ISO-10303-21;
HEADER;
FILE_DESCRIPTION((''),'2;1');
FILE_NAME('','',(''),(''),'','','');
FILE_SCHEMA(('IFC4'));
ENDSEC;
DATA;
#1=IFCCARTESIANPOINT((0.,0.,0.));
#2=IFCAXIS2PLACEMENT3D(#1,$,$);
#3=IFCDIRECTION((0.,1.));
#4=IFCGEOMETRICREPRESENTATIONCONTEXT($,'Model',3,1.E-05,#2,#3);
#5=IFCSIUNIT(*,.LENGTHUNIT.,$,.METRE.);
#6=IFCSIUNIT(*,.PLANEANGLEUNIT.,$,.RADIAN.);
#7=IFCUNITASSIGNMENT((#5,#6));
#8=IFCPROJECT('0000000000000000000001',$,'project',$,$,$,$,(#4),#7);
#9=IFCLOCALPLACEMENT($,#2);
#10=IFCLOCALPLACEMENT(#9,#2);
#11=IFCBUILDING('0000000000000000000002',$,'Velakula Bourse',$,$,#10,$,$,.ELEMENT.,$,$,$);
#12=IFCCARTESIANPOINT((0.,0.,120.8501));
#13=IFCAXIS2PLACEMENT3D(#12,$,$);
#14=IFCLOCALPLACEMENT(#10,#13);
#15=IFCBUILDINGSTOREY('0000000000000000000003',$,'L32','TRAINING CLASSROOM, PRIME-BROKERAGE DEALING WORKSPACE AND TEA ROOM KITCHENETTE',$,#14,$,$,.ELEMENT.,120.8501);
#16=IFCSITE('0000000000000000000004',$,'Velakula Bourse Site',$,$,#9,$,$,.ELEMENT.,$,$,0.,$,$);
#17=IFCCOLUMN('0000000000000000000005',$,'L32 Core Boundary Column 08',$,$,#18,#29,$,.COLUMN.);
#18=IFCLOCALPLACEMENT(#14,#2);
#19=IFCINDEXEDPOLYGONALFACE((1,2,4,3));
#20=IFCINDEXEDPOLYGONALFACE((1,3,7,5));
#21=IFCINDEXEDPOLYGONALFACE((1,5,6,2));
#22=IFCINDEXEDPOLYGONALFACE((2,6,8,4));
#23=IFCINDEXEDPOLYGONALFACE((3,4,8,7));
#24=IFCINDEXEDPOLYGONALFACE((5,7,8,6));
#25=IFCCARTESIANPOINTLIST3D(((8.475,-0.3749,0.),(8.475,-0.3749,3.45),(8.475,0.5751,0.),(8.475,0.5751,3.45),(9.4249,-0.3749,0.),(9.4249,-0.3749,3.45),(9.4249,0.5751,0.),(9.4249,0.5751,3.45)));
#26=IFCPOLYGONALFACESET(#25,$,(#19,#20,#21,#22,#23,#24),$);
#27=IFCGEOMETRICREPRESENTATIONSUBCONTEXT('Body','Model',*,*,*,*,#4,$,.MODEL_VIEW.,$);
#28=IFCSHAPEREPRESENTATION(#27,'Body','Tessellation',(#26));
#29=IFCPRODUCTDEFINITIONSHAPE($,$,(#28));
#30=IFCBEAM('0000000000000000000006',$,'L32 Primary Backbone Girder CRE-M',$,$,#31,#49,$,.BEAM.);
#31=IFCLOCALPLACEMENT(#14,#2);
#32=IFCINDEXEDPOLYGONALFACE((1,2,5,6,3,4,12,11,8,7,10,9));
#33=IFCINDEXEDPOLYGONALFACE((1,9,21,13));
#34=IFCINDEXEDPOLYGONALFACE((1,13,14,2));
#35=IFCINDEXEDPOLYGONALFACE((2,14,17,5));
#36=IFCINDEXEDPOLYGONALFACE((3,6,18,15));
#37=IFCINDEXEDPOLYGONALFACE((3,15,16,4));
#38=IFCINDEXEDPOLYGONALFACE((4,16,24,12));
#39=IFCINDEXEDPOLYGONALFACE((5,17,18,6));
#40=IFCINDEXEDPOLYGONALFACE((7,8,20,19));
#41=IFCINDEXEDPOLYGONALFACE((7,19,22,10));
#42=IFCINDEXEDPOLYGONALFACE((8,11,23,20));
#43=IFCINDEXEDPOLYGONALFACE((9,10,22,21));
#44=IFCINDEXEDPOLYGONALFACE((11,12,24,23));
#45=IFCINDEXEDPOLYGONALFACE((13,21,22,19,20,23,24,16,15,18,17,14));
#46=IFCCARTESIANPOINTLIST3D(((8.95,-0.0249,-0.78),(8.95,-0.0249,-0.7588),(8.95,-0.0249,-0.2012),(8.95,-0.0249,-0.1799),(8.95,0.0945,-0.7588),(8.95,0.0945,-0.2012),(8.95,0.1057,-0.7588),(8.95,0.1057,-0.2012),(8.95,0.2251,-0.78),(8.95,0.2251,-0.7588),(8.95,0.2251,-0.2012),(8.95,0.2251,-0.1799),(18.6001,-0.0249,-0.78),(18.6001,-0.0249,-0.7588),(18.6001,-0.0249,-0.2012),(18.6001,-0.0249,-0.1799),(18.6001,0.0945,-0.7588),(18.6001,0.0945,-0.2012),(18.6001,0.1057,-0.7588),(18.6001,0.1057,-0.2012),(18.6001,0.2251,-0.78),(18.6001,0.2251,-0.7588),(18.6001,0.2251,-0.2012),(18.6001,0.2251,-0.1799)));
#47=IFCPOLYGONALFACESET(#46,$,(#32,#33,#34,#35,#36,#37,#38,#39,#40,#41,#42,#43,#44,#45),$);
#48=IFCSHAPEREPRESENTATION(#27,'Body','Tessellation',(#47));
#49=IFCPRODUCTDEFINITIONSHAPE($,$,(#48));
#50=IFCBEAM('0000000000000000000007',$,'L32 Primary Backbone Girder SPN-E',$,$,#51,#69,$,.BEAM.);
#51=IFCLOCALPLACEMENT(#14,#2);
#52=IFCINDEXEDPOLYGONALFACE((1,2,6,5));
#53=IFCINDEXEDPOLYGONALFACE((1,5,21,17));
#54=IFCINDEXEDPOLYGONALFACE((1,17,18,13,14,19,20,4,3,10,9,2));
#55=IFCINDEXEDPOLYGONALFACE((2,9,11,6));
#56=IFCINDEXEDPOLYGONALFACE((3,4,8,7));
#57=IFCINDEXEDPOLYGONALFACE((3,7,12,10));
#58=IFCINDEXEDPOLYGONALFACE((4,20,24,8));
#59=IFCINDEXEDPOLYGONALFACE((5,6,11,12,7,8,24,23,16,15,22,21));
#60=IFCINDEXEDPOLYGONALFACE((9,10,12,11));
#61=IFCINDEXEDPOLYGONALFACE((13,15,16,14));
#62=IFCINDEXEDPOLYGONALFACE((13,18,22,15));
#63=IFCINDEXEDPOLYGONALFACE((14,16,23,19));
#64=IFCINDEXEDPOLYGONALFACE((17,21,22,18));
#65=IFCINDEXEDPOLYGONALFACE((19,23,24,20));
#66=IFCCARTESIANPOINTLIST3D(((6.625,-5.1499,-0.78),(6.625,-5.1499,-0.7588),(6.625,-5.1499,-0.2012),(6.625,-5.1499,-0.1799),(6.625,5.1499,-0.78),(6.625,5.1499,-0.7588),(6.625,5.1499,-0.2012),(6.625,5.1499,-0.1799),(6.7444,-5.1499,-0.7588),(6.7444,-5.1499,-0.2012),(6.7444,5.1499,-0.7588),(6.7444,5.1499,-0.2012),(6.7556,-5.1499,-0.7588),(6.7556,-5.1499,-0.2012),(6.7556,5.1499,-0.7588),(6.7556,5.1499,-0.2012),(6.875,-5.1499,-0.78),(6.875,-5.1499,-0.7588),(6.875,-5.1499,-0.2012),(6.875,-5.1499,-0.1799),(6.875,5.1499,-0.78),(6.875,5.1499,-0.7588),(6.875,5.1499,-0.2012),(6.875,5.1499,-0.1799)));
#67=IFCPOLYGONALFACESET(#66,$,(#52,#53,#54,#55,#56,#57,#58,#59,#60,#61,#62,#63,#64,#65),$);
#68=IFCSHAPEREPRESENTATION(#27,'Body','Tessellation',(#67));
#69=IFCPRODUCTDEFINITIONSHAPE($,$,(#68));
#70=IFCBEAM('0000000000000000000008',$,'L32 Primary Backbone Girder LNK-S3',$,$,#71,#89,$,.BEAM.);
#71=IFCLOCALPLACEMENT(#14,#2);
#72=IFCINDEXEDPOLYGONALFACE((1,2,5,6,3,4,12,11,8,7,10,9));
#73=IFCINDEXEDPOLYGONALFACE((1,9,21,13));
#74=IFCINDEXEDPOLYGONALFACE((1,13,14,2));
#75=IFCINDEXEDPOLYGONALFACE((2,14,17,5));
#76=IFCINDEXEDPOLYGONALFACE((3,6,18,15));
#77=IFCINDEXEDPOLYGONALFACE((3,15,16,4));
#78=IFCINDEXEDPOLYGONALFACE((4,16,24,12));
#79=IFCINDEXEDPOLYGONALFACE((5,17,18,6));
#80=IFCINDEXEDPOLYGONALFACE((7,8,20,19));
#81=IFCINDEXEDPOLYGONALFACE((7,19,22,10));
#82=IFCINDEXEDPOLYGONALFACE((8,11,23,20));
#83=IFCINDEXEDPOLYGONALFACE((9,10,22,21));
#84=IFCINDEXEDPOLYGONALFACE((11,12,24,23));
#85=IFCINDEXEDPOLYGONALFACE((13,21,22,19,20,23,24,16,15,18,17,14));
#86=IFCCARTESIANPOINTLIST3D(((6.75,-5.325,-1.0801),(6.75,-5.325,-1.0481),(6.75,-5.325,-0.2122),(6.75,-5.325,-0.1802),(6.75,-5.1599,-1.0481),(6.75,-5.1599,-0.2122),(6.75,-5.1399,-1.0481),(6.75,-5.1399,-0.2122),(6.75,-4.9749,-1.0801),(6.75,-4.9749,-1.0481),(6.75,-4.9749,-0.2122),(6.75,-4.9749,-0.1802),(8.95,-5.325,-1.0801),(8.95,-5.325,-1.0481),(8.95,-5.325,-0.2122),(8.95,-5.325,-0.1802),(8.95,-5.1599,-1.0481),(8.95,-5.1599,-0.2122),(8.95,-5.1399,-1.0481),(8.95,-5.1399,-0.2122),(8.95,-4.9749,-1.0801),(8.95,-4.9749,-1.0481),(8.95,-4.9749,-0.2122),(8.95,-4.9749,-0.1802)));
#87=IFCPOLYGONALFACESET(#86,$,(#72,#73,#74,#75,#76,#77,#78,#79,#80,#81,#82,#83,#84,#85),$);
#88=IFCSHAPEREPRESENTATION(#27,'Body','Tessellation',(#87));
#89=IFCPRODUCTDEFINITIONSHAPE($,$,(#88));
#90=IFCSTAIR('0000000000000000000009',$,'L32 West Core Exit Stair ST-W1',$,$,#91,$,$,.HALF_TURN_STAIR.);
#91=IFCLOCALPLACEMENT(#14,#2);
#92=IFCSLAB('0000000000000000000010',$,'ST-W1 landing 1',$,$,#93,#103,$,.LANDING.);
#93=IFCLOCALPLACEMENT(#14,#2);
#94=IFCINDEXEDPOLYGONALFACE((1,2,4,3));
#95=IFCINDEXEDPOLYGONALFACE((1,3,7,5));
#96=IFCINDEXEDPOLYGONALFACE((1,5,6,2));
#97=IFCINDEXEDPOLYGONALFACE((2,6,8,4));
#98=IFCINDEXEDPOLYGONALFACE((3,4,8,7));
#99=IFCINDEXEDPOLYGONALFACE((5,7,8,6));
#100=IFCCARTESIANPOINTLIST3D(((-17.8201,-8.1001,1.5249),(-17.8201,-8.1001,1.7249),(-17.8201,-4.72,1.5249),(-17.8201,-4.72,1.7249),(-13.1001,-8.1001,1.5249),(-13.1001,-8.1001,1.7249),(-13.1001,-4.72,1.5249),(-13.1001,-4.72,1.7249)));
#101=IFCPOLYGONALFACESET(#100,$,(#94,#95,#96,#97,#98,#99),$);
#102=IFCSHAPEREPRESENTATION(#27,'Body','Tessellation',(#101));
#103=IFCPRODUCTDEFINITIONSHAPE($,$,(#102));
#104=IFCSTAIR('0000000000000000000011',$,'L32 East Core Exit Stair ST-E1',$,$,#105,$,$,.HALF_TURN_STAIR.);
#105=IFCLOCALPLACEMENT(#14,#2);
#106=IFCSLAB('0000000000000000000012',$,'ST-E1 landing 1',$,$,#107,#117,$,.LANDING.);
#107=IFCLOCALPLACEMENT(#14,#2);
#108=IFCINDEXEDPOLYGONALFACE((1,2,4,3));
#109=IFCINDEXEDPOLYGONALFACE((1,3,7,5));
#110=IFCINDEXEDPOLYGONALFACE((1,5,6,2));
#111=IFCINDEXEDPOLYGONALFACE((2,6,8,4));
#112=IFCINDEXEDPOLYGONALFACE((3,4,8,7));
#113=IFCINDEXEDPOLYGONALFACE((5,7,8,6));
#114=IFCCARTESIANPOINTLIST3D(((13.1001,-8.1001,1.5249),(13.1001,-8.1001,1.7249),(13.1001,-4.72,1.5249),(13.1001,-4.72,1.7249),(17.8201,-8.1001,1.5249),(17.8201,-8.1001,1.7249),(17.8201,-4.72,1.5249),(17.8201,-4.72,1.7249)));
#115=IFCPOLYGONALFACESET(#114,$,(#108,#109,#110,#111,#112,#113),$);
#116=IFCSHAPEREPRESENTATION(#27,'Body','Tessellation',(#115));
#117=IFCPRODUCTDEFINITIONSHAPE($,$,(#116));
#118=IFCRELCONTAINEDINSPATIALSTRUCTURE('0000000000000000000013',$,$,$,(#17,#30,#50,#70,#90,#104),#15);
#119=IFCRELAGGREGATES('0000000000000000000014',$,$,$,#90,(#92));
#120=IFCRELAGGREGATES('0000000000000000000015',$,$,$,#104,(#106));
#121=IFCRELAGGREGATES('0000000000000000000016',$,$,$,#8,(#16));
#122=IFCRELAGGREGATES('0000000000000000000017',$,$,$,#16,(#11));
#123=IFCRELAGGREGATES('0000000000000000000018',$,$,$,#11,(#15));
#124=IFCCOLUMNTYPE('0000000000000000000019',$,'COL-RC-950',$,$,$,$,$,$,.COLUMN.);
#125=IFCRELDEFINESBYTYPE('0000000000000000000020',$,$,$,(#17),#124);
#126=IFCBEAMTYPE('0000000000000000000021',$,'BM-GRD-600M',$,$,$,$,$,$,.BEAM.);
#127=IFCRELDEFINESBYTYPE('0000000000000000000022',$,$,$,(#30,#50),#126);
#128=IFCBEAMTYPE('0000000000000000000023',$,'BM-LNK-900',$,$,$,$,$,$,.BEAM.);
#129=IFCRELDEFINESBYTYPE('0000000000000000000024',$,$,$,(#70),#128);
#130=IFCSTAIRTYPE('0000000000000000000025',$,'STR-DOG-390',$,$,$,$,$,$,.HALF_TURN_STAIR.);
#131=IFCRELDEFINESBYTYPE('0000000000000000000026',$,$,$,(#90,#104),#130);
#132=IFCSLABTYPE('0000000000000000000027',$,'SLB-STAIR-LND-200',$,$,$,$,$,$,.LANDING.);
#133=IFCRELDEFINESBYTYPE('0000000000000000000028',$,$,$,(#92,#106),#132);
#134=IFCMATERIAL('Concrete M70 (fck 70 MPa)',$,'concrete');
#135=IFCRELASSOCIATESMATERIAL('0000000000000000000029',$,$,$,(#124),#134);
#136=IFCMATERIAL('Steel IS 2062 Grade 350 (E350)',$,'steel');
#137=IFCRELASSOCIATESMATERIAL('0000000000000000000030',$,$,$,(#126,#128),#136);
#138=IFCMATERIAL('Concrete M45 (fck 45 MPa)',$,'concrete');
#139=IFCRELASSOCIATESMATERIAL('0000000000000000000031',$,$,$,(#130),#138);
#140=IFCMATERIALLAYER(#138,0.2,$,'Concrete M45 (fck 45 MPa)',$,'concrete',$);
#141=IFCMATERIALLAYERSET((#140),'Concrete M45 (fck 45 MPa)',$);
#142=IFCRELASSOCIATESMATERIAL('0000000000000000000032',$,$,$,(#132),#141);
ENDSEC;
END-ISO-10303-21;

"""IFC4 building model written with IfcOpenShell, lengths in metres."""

from ifc_helpers import new_model, si_unit, direction, frame, origin, origin_2d, place, context, subcontext, project, spatial, polyline, rectangle, i_section, outline, extrude, material, layer, layer_set, material_profile, profile_set, type_object, element, aggregate, save


model = new_model("IFC4")

# Units and contexts
model_context = context("Model", 3, precision=1e-05, world=origin(), true_north=direction((0.0, 1.0)))
body_context = subcontext(model_context, "Body", "Model", "MODEL_VIEW")
ifc_project = project(units=[si_unit("LENGTHUNIT", "METRE"), si_unit("PLANEANGLEUNIT", "RADIAN")], contexts=[model_context])

# Site, building, storey
site_placement = place(None, origin())
site = spatial("IfcSite", under=ifc_project, at=site_placement, Name="Velakula Bourse Site", CompositionType="ELEMENT", RefElevation=0.0)
building_placement = place(site_placement, origin())
building = spatial("IfcBuilding", under=site, at=building_placement, Name="Velakula Bourse", CompositionType="ELEMENT")
storey_placement = place(building_placement, frame((0.0, 0.0, 120.8501)))
storey = spatial("IfcBuildingStorey", under=building, at=storey_placement, Name="L32", Description="TRAINING CLASSROOM, PRIME-BROKERAGE DEALING WORKSPACE AND TEA ROOM KITCHENETTE", CompositionType="ELEMENT", Elevation=120.8501)

# Column
ifc_material_1 = material(Name="Concrete M70 (fck 70 MPa)", Category="concrete")
ifc_material_profile_1 = material_profile(ifc_material_1, rectangle(XDim=0.95, YDim=0.95, at=origin_2d()), Name="Concrete M70 (fck 70 MPa)")
ifc_profile_set_1 = profile_set([ifc_material_profile_1], Name="Concrete M70 (fck 70 MPa)")
column_type = type_object("IfcColumnType", Name="COL-RC-950", PredefinedType="COLUMN", material=ifc_profile_set_1)
column_placement = place(storey_placement, frame((8.95, 0.1001, 0.0), z_axis=(0.0, 0.0, 1.0), x_axis=(1.0, 0.0, 0.0)))
element("IfcColumn", 1, at=column_placement, inside=storey, type_object=column_type, Name="L32 Core Boundary Column 08", PredefinedType="COLUMN", context=body_context, shape_type="SweptSolid", body=[
    extrude(rectangle(XDim=0.95, YDim=0.95, at=origin_2d()), origin(), (0.0, 0.0, 1.0), 3.45),
])

# Beams
ifc_material_2 = material(Name="Steel IS 2062 Grade 350 (E350)", Category="steel")
ifc_material_profile_2 = material_profile(ifc_material_2, i_section(OverallWidth=0.25, OverallDepth=0.6001, WebThickness=0.0112, FlangeThickness=0.0212, at=origin_2d()), Name="Steel IS 2062 Grade 350 (E350)")
ifc_profile_set_2 = profile_set([ifc_material_profile_2], Name="Steel IS 2062 Grade 350 (E350)")
beam_type_1 = type_object("IfcBeamType", Name="BM-GRD-600M", PredefinedType="BEAM", material=ifc_profile_set_2)
beam_1_placement = place(storey_placement, frame((8.95, 0.1001, -0.48), z_axis=(1.0, 0.0, 0.0), x_axis=(0.0, 1.0, 0.0)))
element("IfcBeam", 2, at=beam_1_placement, inside=storey, type_object=beam_type_1, Name="L32 Primary Backbone Girder CRE-M", PredefinedType="BEAM", context=body_context, shape_type="SweptSolid", body=[
    extrude(i_section(OverallWidth=0.25, OverallDepth=0.6001, WebThickness=0.0112, FlangeThickness=0.0212, at=origin_2d()), origin(), (0.0, 0.0, 1.0), 9.6501),
])
beam_2_placement = place(storey_placement, frame((6.75, -5.1499, -0.48), z_axis=(0.0, 1.0, 0.0), x_axis=(-1.0, 0.0, 0.0)))
element("IfcBeam", 3, at=beam_2_placement, inside=storey, type_object=beam_type_1, Name="L32 Primary Backbone Girder SPN-E", PredefinedType="BEAM", context=body_context, shape_type="SweptSolid", body=[
    extrude(i_section(OverallWidth=0.25, OverallDepth=0.6001, WebThickness=0.0112, FlangeThickness=0.0212, at=origin_2d()), origin(), (0.0, 0.0, 1.0), 10.2998),
])
ifc_material_profile_3 = material_profile(ifc_material_2, i_section(OverallWidth=0.3501, OverallDepth=0.8999, WebThickness=0.02, FlangeThickness=0.032, at=origin_2d()), Name="Steel IS 2062 Grade 350 (E350)")
ifc_profile_set_3 = profile_set([ifc_material_profile_3], Name="Steel IS 2062 Grade 350 (E350)")
beam_type_2 = type_object("IfcBeamType", Name="BM-LNK-900", PredefinedType="BEAM", material=ifc_profile_set_3)
beam_3_placement = place(storey_placement, frame((6.75, -5.1499, -0.6301), z_axis=(1.0, 0.0, 0.0), x_axis=(0.0, 1.0, 0.0)))
element("IfcBeam", 4, at=beam_3_placement, inside=storey, type_object=beam_type_2, Name="L32 Primary Backbone Girder LNK-S3", PredefinedType="BEAM", context=body_context, shape_type="SweptSolid", body=[
    extrude(i_section(OverallWidth=0.3501, OverallDepth=0.8999, WebThickness=0.02, FlangeThickness=0.032, at=origin_2d()), origin(), (0.0, 0.0, 1.0), 2.2),
])

# Stairs, slabs
ifc_material_3 = material(Name="Concrete M45 (fck 45 MPa)", Category="concrete")
stair_type = type_object("IfcStairType", Name="STR-DOG-390", PredefinedType="HALF_TURN_STAIR", material=ifc_material_3)
stair_1_placement = place(storey_placement, origin())
stair_1 = element("IfcStair", 5, at=stair_1_placement, inside=storey, type_object=stair_type, Name="L32 West Core Exit Stair ST-W1", PredefinedType="HALF_TURN_STAIR")
ifc_layer_1 = layer(ifc_material_3, 0.2, Name="Concrete M45 (fck 45 MPa)", Category="concrete")
ifc_layer_set_1 = layer_set([ifc_layer_1], Name="Concrete M45 (fck 45 MPa)")
slab_type_1 = type_object("IfcSlabType", Name="SLB-STAIR-LND-200", PredefinedType="LANDING", material=ifc_layer_set_1)
slab_1_placement = place(storey_placement, frame((0.0, 0.0, 1.5249)))
slab_1 = element("IfcSlab", 6, at=slab_1_placement, type_object=slab_type_1, Name="ST-W1 landing 1", PredefinedType="LANDING", context=body_context, shape_type="SweptSolid", body=[
    extrude(outline(polyline([(-17.8201, -4.72), (-17.8201, -8.1001), (-13.1001, -8.1001), (-13.1001, -4.72), (-17.8201, -4.72)])), origin(), (0.0, 0.0, 1.0), 0.2),
])
aggregate(stair_1, [slab_1])
stair_2_placement = place(storey_placement, origin())
stair_2 = element("IfcStair", 7, at=stair_2_placement, inside=storey, type_object=stair_type, Name="L32 East Core Exit Stair ST-E1", PredefinedType="HALF_TURN_STAIR")
slab_2_placement = place(storey_placement, frame((0.0, 0.0, 1.5249)))
slab_2 = element("IfcSlab", 8, at=slab_2_placement, type_object=slab_type_1, Name="ST-E1 landing 1", PredefinedType="LANDING", context=body_context, shape_type="SweptSolid", body=[
    extrude(outline(polyline([(13.1001, -4.72), (13.1001, -8.1001), (17.8201, -8.1001), (17.8201, -4.72), (13.1001, -4.72)])), origin(), (0.0, 0.0, 1.0), 0.2),
])

aggregate(stair_2, [slab_2])

save(model, "model.ifc")
